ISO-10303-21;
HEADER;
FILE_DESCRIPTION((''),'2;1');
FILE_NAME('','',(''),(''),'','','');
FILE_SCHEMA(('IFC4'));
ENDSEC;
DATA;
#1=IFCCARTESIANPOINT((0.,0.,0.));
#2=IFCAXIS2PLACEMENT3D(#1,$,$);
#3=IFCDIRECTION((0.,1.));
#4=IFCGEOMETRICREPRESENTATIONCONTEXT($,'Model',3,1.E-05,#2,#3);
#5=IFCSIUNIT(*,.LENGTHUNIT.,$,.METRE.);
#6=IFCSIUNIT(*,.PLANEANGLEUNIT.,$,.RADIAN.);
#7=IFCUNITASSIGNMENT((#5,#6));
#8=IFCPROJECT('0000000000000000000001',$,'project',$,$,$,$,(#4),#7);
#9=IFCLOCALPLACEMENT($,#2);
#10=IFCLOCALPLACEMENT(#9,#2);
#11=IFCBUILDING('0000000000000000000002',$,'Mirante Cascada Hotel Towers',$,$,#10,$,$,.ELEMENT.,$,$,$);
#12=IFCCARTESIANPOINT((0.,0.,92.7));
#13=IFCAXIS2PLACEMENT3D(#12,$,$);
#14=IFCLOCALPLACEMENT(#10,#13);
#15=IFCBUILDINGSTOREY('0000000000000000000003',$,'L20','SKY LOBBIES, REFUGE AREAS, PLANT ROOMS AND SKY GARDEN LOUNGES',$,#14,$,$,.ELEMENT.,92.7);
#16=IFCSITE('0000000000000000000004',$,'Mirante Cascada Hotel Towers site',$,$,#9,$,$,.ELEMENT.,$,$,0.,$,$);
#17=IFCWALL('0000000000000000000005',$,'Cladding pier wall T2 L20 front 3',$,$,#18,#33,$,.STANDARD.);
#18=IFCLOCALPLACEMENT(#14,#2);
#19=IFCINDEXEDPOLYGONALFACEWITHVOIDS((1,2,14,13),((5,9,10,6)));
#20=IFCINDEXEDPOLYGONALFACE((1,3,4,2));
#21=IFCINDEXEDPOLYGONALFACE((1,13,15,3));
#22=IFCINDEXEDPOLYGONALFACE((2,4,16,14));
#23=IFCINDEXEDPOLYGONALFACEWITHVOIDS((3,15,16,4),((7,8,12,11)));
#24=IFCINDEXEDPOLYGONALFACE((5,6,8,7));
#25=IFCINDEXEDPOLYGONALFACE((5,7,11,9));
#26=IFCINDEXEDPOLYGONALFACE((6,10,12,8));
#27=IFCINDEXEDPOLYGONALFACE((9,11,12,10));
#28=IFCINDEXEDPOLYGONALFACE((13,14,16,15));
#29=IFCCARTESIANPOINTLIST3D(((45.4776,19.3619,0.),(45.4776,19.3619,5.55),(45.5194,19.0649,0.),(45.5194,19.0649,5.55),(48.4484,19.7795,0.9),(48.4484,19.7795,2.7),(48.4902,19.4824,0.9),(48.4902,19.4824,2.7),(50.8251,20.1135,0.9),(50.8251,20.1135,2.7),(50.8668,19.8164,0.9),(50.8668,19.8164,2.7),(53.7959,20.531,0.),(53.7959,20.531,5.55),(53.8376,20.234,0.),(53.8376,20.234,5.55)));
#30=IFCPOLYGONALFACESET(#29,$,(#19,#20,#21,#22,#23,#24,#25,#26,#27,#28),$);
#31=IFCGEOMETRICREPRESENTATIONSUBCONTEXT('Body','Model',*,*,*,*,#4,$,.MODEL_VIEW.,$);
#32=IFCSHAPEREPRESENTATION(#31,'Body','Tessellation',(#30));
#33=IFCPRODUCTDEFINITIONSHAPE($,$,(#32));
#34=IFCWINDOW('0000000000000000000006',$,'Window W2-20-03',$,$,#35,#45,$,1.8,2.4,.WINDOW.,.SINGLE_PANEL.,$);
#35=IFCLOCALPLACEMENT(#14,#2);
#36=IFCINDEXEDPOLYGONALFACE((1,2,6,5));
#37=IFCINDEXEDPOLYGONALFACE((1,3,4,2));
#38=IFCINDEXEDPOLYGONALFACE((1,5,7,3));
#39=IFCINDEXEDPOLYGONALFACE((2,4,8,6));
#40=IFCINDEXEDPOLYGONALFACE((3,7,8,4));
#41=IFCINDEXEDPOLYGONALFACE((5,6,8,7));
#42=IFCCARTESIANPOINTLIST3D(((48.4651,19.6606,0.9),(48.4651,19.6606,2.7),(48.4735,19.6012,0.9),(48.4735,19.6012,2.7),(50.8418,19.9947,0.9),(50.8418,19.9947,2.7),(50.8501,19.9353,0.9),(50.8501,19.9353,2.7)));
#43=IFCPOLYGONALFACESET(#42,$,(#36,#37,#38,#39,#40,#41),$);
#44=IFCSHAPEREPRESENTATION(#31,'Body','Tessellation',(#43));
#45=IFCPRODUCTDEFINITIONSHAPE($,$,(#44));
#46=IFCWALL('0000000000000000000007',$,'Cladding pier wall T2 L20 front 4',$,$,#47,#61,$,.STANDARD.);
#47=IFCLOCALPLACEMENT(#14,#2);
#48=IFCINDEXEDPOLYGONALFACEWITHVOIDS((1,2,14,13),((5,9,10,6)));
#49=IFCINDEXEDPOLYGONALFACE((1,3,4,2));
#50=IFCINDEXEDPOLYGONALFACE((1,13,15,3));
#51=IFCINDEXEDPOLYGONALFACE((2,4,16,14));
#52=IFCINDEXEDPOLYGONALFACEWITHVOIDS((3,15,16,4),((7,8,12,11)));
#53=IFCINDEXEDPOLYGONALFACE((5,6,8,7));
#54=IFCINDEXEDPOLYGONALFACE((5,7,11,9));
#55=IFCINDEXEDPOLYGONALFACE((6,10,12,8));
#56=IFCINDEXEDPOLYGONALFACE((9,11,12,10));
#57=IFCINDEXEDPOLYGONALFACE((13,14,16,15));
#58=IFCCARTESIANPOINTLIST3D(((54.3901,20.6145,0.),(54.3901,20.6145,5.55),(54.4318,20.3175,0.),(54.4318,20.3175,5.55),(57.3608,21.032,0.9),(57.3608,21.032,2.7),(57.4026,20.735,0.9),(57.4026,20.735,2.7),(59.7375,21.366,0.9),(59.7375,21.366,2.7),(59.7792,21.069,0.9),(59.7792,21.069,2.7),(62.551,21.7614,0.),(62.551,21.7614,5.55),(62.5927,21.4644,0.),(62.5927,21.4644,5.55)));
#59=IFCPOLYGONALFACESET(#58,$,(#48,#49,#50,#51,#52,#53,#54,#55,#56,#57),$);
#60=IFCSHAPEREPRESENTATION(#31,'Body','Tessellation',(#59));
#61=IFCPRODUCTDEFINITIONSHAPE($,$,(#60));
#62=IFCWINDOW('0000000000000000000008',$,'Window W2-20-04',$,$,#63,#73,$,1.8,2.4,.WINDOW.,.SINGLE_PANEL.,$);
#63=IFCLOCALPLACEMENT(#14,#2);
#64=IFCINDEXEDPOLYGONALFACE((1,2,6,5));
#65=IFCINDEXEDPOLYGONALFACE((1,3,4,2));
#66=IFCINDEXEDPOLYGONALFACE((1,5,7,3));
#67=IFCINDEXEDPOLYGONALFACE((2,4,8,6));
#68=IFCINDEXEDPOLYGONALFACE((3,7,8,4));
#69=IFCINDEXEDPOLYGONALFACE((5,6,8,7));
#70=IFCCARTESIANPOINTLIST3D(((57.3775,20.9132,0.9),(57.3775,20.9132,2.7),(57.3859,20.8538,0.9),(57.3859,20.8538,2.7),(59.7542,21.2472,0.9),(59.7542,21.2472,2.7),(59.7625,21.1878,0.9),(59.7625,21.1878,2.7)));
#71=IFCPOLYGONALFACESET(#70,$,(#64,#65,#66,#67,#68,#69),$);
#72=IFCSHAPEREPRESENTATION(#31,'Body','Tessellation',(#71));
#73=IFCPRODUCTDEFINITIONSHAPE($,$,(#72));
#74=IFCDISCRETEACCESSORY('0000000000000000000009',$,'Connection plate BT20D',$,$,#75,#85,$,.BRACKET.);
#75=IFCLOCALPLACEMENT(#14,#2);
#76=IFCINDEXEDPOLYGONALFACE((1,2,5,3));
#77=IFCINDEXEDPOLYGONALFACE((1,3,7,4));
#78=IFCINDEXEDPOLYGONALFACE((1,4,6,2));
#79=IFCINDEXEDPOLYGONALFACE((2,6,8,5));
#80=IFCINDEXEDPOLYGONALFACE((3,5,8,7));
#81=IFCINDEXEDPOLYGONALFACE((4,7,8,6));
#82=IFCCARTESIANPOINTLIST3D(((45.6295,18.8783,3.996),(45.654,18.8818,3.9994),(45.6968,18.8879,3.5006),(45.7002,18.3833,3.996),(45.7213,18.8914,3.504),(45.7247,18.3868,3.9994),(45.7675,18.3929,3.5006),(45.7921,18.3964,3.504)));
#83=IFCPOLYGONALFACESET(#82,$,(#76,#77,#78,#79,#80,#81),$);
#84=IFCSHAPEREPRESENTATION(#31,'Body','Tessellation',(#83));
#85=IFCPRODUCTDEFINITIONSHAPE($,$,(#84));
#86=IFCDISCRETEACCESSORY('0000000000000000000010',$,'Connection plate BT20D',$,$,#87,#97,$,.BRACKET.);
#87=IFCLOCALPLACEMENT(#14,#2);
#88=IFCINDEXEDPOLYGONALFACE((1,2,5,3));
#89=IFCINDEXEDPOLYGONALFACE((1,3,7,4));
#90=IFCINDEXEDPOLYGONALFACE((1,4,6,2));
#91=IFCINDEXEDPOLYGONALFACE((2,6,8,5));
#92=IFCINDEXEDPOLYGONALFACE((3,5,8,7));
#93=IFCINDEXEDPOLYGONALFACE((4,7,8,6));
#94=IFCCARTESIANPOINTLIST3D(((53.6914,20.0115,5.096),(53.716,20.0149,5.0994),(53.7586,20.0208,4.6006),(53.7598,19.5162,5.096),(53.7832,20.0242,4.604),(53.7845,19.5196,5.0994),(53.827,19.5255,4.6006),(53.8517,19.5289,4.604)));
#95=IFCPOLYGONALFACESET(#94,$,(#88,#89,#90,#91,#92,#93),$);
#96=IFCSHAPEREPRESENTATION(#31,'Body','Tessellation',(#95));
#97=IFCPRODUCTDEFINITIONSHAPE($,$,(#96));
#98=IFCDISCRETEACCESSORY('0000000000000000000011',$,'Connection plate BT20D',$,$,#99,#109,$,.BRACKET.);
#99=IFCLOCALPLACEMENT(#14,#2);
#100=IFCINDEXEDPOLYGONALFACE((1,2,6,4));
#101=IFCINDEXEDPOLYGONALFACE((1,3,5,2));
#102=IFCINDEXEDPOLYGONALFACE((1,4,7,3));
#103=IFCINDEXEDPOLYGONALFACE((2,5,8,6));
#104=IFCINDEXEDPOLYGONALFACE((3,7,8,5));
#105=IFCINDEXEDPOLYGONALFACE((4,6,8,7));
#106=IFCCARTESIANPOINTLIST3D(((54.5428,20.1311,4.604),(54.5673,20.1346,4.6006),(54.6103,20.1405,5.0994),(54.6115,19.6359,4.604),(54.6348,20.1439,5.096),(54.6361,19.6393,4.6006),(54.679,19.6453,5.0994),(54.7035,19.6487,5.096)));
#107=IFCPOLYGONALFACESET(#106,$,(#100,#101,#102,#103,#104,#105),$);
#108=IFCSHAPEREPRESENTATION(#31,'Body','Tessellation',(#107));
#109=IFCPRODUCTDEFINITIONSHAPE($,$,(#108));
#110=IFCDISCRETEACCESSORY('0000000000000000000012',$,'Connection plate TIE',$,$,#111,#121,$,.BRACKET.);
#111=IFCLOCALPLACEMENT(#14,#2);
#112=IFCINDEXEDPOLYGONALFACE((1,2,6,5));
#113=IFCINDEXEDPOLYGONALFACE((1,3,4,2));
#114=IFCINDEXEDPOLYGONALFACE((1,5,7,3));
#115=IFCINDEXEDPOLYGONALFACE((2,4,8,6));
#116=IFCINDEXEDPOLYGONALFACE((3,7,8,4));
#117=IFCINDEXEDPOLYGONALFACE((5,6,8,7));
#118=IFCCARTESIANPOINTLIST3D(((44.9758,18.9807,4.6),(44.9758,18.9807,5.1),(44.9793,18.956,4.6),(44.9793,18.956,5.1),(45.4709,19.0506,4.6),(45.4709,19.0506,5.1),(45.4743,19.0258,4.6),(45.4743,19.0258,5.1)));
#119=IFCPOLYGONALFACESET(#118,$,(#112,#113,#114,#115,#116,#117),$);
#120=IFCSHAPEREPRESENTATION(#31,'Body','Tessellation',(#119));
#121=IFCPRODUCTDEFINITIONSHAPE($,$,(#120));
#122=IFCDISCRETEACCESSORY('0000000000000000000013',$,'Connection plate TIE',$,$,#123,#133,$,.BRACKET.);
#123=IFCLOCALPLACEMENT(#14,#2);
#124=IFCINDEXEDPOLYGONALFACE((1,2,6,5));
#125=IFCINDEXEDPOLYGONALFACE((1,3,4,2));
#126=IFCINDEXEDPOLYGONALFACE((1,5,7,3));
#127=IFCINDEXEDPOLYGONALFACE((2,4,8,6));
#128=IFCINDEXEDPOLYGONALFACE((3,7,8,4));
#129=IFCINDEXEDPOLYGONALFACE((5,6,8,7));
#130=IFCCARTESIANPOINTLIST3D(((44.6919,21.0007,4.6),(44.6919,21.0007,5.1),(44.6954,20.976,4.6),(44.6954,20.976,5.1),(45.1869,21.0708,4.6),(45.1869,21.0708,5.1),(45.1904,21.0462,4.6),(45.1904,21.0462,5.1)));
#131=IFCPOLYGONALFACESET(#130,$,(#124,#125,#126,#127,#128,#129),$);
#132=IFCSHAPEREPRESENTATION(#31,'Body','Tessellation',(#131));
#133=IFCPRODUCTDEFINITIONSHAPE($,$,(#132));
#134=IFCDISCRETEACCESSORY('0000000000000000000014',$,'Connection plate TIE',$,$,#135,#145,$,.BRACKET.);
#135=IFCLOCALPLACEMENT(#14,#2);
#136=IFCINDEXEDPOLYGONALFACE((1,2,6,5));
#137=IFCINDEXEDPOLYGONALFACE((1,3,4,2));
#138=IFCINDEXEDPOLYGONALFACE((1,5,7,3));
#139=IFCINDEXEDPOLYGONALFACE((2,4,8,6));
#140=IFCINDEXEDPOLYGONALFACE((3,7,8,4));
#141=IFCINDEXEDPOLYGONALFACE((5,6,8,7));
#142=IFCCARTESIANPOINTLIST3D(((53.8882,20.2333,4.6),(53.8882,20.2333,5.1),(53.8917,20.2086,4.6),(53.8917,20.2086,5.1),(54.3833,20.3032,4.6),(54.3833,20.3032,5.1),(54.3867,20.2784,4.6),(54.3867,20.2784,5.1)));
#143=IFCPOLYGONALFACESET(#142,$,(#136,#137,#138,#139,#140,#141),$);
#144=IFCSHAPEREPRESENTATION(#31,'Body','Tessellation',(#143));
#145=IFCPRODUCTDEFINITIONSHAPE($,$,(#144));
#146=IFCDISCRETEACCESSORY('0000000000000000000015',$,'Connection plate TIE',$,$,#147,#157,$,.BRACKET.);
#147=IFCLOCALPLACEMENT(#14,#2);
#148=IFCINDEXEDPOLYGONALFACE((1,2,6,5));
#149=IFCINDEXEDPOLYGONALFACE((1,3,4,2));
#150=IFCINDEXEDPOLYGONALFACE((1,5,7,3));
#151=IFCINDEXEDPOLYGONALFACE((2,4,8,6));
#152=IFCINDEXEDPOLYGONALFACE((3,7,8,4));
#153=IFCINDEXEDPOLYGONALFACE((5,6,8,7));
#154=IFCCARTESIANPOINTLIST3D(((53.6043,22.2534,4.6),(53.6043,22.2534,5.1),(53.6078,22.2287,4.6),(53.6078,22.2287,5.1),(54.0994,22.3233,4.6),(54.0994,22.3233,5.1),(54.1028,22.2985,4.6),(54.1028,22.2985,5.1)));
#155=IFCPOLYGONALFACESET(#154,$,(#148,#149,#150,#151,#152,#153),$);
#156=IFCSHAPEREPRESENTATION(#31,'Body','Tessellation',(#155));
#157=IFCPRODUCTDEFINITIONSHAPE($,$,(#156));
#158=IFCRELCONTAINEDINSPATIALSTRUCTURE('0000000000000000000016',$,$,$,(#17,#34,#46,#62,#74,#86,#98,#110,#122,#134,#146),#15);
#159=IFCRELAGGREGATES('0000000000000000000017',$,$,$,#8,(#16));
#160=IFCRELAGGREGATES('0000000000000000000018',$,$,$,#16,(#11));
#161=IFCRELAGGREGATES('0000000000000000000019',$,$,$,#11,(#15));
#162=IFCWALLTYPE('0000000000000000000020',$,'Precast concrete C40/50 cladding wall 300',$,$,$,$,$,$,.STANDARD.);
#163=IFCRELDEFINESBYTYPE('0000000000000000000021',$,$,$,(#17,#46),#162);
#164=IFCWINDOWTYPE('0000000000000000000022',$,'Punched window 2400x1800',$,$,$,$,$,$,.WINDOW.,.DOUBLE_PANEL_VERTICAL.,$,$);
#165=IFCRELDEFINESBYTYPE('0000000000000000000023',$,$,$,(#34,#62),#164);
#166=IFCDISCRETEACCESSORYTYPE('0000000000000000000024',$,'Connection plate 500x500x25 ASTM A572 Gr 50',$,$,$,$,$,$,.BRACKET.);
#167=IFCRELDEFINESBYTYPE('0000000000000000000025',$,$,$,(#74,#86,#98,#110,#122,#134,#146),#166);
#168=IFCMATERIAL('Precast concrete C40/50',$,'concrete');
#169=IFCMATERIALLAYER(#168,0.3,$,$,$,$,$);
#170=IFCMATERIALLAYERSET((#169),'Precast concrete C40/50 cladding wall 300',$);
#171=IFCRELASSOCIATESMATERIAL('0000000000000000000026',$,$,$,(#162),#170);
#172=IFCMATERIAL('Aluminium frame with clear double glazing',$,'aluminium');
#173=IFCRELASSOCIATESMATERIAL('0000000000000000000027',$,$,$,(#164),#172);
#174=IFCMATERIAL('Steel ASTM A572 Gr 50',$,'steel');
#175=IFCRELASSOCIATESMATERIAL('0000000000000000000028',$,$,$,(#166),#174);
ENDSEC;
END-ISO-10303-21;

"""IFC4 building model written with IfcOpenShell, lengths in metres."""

from ifc_helpers import new_model, si_unit, direction, frame, frame_2d, origin, origin_2d, place, context, subcontext, project, spatial, rectangle, extrude, material, layer, layer_set, material_profile, profile_set, type_object, element, fill, save


model = new_model("IFC4")

# Units and contexts
model_context = context("Model", 3, precision=1e-05, world=origin(), true_north=direction((0.0, 1.0)))
body_context = subcontext(model_context, "Body", "Model", "MODEL_VIEW")
ifc_project = project(units=[si_unit("LENGTHUNIT", "METRE"), si_unit("PLANEANGLEUNIT", "RADIAN")], contexts=[model_context])

# Site, building, storey
site_placement = place(None, origin())
site = spatial("IfcSite", under=ifc_project, at=site_placement, Name="Mirante Cascada Hotel Towers site", CompositionType="ELEMENT", RefElevation=0.0)
building_placement = place(site_placement, origin())
building = spatial("IfcBuilding", under=site, at=building_placement, Name="Mirante Cascada Hotel Towers", CompositionType="ELEMENT")
storey_placement = place(building_placement, frame((0.0, 0.0, 92.7)))
storey = spatial("IfcBuildingStorey", under=building, at=storey_placement, Name="L20", Description="SKY LOBBIES, REFUGE AREAS, PLANT ROOMS AND SKY GARDEN LOUNGES", CompositionType="ELEMENT", Elevation=92.7)

# Walls, openings, windows
ifc_material_1 = material(Name="Precast concrete C40/50", Category="concrete")
ifc_layer = layer(ifc_material_1, 0.3)
ifc_layer_set = layer_set([ifc_layer], Name="Precast concrete C40/50 cladding wall 300")
wall_type = type_object("IfcWallType", Name="Precast concrete C40/50 cladding wall 300", PredefinedType="STANDARD", material=ifc_layer_set)
wall_1_placement = place(storey_placement, frame((45.4985, 19.2134, 0.0), z_axis=(0.0, 0.0, 1.0), x_axis=(0.990267, 0.139179, 0.0)))
wall_1 = element("IfcWall", 1, at=wall_1_placement, inside=storey, type_object=wall_type, Name="Cladding pier wall T2 L20 front 3", PredefinedType="STANDARD", context=body_context, shape_type="SweptSolid", body=[
    extrude(rectangle(XDim=8.4, YDim=0.3, at=frame_2d((4.2, 0.0))), origin(), (0.0, 0.0, 1.0), 5.55),
])
opening_1_placement = place(wall_1_placement, frame((3.0, 0.0, 0.9)))
opening_1 = element("IfcOpeningElement", 2, at=opening_1_placement, cuts=wall_1, PredefinedType="OPENING", context=body_context, shape_type="SweptSolid", body=[
    extrude(rectangle(XDim=2.4, YDim=1.8, at=frame_2d((1.2, 0.9))), frame((0.0, 0.15, 0.0), z_axis=(0.0, -1.0, 0.0), x_axis=(1.0, 0.0, 0.0)), (0.0, 0.0, 1.0), 0.3),
])
ifc_material_2 = material(Name="Aluminium frame with clear double glazing", Category="aluminium")
window_type = type_object("IfcWindowType", Name="Punched window 2400x1800", PartitioningType="DOUBLE_PANEL_VERTICAL", PredefinedType="WINDOW", material=ifc_material_2)
window_1_placement = place(opening_1_placement, origin())
window_1 = element("IfcWindow", 3, at=window_1_placement, inside=storey, type_object=window_type, Name="Window W2-20-03", OverallHeight=1.8, OverallWidth=2.4, PartitioningType="SINGLE_PANEL", PredefinedType="WINDOW", context=body_context, shape_type="SweptSolid", body=[
    extrude(rectangle(XDim=2.4, YDim=1.8, at=frame_2d((1.2, 0.9))), frame((0.0, 0.03, 0.0), z_axis=(0.0, -1.0, 0.0), x_axis=(1.0, 0.0, 0.0)), (0.0, 0.0, 1.0), 0.06),
])
fill(opening_1, window_1)
wall_2_placement = place(storey_placement, frame((54.4109, 20.466, 0.0), z_axis=(0.0, 0.0, 1.0), x_axis=(0.990269, 0.139168, 0.0)))
wall_2 = element("IfcWall", 4, at=wall_2_placement, inside=storey, type_object=wall_type, Name="Cladding pier wall T2 L20 front 4", PredefinedType="STANDARD", context=body_context, shape_type="SweptSolid", body=[
    extrude(rectangle(XDim=8.2411, YDim=0.3, at=frame_2d((4.1206, 0.0))), origin(), (0.0, 0.0, 1.0), 5.55),
])
opening_2_placement = place(wall_2_placement, frame((3.0, 0.0, 0.9)))
opening_2 = element("IfcOpeningElement", 5, at=opening_2_placement, cuts=wall_2, PredefinedType="OPENING", context=body_context, shape_type="SweptSolid", body=[
    extrude(rectangle(XDim=2.4, YDim=1.8, at=frame_2d((1.2, 0.9))), frame((0.0, 0.15, 0.0), z_axis=(0.0, -1.0, 0.0), x_axis=(1.0, 0.0, 0.0)), (0.0, 0.0, 1.0), 0.3),
])
window_2_placement = place(opening_2_placement, origin())
window_2 = element("IfcWindow", 6, at=window_2_placement, inside=storey, type_object=window_type, Name="Window W2-20-04", OverallHeight=1.8, OverallWidth=2.4, PartitioningType="SINGLE_PANEL", PredefinedType="WINDOW", context=body_context, shape_type="SweptSolid", body=[
    extrude(rectangle(XDim=2.4, YDim=1.8, at=frame_2d((1.2, 0.9))), frame((0.0, 0.03, 0.0), z_axis=(0.0, -1.0, 0.0), x_axis=(1.0, 0.0, 0.0)), (0.0, 0.0, 1.0), 0.06),
])
fill(opening_2, window_2)

# Discrete accessories
ifc_material_3 = material(Name="Steel ASTM A572 Gr 50", Category="steel")
ifc_material_profile_1 = material_profile(ifc_material_3, rectangle(XDim=0.5, YDim=0.5, at=origin_2d()), Name="Connection plate 500x500x25 ASTM A572 Gr 50")
ifc_profile_set_1 = profile_set([ifc_material_profile_1], Name="Steel ASTM A572 Gr 50")
discrete_accessory_type = type_object("IfcDiscreteAccessoryType", Name="Connection plate 500x500x25 ASTM A572 Gr 50", PredefinedType="BRACKET", material=ifc_profile_set_1)
discrete_accessory_1_placement = place(storey_placement, frame((45.6985, 18.6356, 3.7483), z_axis=(0.980738, 0.140105, 0.136102), x_axis=(-0.141421, 0.98995, 0.0)))
element("IfcDiscreteAccessory", 7, at=discrete_accessory_1_placement, inside=storey, type_object=discrete_accessory_type, Name="Connection plate BT20D", PredefinedType="BRACKET", context=body_context, shape_type="SweptSolid", body=[
    extrude(rectangle(XDim=0.5, YDim=0.5, at=origin_2d()), origin(), (0.0, 0.0, 1.0), 0.025),
])
discrete_accessory_2_placement = place(storey_placement, frame((53.7592, 19.7685, 4.8483), z_axis=(0.981428, 0.135645, 0.135645), x_axis=(-0.13691, 0.990583, 0.0)))
element("IfcDiscreteAccessory", 8, at=discrete_accessory_2_placement, inside=storey, type_object=discrete_accessory_type, Name="Connection plate BT20D", PredefinedType="BRACKET", context=body_context, shape_type="SweptSolid", body=[
    extrude(rectangle(XDim=0.5, YDim=0.5, at=origin_2d()), origin(), (0.0, 0.0, 1.0), 0.0251),
])
for number, where, z_axis, x_axis, name in (
    (9, (54.6109, 19.8882, 4.8517), (0.98128, 0.136178, -0.136178), (-0.137458, 0.990508, 0.0), "Connection plate BT20D"),
    (10, (45.2268, 18.9909, 4.85), (-0.139744, 0.990188, 0.0), (-0.990188, -0.139744, 0.0), "Connection plate TIE"),
):
    element("IfcDiscreteAccessory", number, at=place(storey_placement, frame(where, z_axis=z_axis, x_axis=x_axis)), inside=storey, type_object=discrete_accessory_type, Name=name, PredefinedType="BRACKET", context=body_context, shape_type="SweptSolid", body=[
        extrude(rectangle(XDim=0.5, YDim=0.5, at=origin_2d()), origin(), (0.0, 0.0, 1.0), 0.025),
    ])
discrete_accessory_3_placement = place(storey_placement, frame((44.9429, 21.0111, 4.85), z_axis=(-0.140299, 0.990109, 0.0), x_axis=(-0.990109, -0.140299, 0.0)))
element("IfcDiscreteAccessory", 11, at=discrete_accessory_3_placement, inside=storey, type_object=discrete_accessory_type, Name="Connection plate TIE", PredefinedType="BRACKET", context=body_context, shape_type="SweptSolid", body=[
    extrude(rectangle(XDim=0.5, YDim=0.5, at=origin_2d()), origin(), (0.0, 0.0, 1.0), 0.0249),
])
for number, where, z_axis, x_axis, name in (
    (12, (54.1392, 20.2435, 4.85), (-0.139744, 0.990188, 0.0), (-0.990188, -0.139744, 0.0), "Connection plate TIE"),
    (13, (53.8553, 22.2636, 4.85), (-0.139744, 0.990188, 0.0), (-0.990188, -0.139744, 0.0), "Connection plate TIE"),
):
    element("IfcDiscreteAccessory", number, at=place(storey_placement, frame(where, z_axis=z_axis, x_axis=x_axis)), inside=storey, type_object=discrete_accessory_type, Name=name, PredefinedType="BRACKET", context=body_context, shape_type="SweptSolid", body=[
        extrude(rectangle(XDim=0.5, YDim=0.5, at=origin_2d()), origin(), (0.0, 0.0, 1.0), 0.025),
    ])

save(model, "model.ifc")
